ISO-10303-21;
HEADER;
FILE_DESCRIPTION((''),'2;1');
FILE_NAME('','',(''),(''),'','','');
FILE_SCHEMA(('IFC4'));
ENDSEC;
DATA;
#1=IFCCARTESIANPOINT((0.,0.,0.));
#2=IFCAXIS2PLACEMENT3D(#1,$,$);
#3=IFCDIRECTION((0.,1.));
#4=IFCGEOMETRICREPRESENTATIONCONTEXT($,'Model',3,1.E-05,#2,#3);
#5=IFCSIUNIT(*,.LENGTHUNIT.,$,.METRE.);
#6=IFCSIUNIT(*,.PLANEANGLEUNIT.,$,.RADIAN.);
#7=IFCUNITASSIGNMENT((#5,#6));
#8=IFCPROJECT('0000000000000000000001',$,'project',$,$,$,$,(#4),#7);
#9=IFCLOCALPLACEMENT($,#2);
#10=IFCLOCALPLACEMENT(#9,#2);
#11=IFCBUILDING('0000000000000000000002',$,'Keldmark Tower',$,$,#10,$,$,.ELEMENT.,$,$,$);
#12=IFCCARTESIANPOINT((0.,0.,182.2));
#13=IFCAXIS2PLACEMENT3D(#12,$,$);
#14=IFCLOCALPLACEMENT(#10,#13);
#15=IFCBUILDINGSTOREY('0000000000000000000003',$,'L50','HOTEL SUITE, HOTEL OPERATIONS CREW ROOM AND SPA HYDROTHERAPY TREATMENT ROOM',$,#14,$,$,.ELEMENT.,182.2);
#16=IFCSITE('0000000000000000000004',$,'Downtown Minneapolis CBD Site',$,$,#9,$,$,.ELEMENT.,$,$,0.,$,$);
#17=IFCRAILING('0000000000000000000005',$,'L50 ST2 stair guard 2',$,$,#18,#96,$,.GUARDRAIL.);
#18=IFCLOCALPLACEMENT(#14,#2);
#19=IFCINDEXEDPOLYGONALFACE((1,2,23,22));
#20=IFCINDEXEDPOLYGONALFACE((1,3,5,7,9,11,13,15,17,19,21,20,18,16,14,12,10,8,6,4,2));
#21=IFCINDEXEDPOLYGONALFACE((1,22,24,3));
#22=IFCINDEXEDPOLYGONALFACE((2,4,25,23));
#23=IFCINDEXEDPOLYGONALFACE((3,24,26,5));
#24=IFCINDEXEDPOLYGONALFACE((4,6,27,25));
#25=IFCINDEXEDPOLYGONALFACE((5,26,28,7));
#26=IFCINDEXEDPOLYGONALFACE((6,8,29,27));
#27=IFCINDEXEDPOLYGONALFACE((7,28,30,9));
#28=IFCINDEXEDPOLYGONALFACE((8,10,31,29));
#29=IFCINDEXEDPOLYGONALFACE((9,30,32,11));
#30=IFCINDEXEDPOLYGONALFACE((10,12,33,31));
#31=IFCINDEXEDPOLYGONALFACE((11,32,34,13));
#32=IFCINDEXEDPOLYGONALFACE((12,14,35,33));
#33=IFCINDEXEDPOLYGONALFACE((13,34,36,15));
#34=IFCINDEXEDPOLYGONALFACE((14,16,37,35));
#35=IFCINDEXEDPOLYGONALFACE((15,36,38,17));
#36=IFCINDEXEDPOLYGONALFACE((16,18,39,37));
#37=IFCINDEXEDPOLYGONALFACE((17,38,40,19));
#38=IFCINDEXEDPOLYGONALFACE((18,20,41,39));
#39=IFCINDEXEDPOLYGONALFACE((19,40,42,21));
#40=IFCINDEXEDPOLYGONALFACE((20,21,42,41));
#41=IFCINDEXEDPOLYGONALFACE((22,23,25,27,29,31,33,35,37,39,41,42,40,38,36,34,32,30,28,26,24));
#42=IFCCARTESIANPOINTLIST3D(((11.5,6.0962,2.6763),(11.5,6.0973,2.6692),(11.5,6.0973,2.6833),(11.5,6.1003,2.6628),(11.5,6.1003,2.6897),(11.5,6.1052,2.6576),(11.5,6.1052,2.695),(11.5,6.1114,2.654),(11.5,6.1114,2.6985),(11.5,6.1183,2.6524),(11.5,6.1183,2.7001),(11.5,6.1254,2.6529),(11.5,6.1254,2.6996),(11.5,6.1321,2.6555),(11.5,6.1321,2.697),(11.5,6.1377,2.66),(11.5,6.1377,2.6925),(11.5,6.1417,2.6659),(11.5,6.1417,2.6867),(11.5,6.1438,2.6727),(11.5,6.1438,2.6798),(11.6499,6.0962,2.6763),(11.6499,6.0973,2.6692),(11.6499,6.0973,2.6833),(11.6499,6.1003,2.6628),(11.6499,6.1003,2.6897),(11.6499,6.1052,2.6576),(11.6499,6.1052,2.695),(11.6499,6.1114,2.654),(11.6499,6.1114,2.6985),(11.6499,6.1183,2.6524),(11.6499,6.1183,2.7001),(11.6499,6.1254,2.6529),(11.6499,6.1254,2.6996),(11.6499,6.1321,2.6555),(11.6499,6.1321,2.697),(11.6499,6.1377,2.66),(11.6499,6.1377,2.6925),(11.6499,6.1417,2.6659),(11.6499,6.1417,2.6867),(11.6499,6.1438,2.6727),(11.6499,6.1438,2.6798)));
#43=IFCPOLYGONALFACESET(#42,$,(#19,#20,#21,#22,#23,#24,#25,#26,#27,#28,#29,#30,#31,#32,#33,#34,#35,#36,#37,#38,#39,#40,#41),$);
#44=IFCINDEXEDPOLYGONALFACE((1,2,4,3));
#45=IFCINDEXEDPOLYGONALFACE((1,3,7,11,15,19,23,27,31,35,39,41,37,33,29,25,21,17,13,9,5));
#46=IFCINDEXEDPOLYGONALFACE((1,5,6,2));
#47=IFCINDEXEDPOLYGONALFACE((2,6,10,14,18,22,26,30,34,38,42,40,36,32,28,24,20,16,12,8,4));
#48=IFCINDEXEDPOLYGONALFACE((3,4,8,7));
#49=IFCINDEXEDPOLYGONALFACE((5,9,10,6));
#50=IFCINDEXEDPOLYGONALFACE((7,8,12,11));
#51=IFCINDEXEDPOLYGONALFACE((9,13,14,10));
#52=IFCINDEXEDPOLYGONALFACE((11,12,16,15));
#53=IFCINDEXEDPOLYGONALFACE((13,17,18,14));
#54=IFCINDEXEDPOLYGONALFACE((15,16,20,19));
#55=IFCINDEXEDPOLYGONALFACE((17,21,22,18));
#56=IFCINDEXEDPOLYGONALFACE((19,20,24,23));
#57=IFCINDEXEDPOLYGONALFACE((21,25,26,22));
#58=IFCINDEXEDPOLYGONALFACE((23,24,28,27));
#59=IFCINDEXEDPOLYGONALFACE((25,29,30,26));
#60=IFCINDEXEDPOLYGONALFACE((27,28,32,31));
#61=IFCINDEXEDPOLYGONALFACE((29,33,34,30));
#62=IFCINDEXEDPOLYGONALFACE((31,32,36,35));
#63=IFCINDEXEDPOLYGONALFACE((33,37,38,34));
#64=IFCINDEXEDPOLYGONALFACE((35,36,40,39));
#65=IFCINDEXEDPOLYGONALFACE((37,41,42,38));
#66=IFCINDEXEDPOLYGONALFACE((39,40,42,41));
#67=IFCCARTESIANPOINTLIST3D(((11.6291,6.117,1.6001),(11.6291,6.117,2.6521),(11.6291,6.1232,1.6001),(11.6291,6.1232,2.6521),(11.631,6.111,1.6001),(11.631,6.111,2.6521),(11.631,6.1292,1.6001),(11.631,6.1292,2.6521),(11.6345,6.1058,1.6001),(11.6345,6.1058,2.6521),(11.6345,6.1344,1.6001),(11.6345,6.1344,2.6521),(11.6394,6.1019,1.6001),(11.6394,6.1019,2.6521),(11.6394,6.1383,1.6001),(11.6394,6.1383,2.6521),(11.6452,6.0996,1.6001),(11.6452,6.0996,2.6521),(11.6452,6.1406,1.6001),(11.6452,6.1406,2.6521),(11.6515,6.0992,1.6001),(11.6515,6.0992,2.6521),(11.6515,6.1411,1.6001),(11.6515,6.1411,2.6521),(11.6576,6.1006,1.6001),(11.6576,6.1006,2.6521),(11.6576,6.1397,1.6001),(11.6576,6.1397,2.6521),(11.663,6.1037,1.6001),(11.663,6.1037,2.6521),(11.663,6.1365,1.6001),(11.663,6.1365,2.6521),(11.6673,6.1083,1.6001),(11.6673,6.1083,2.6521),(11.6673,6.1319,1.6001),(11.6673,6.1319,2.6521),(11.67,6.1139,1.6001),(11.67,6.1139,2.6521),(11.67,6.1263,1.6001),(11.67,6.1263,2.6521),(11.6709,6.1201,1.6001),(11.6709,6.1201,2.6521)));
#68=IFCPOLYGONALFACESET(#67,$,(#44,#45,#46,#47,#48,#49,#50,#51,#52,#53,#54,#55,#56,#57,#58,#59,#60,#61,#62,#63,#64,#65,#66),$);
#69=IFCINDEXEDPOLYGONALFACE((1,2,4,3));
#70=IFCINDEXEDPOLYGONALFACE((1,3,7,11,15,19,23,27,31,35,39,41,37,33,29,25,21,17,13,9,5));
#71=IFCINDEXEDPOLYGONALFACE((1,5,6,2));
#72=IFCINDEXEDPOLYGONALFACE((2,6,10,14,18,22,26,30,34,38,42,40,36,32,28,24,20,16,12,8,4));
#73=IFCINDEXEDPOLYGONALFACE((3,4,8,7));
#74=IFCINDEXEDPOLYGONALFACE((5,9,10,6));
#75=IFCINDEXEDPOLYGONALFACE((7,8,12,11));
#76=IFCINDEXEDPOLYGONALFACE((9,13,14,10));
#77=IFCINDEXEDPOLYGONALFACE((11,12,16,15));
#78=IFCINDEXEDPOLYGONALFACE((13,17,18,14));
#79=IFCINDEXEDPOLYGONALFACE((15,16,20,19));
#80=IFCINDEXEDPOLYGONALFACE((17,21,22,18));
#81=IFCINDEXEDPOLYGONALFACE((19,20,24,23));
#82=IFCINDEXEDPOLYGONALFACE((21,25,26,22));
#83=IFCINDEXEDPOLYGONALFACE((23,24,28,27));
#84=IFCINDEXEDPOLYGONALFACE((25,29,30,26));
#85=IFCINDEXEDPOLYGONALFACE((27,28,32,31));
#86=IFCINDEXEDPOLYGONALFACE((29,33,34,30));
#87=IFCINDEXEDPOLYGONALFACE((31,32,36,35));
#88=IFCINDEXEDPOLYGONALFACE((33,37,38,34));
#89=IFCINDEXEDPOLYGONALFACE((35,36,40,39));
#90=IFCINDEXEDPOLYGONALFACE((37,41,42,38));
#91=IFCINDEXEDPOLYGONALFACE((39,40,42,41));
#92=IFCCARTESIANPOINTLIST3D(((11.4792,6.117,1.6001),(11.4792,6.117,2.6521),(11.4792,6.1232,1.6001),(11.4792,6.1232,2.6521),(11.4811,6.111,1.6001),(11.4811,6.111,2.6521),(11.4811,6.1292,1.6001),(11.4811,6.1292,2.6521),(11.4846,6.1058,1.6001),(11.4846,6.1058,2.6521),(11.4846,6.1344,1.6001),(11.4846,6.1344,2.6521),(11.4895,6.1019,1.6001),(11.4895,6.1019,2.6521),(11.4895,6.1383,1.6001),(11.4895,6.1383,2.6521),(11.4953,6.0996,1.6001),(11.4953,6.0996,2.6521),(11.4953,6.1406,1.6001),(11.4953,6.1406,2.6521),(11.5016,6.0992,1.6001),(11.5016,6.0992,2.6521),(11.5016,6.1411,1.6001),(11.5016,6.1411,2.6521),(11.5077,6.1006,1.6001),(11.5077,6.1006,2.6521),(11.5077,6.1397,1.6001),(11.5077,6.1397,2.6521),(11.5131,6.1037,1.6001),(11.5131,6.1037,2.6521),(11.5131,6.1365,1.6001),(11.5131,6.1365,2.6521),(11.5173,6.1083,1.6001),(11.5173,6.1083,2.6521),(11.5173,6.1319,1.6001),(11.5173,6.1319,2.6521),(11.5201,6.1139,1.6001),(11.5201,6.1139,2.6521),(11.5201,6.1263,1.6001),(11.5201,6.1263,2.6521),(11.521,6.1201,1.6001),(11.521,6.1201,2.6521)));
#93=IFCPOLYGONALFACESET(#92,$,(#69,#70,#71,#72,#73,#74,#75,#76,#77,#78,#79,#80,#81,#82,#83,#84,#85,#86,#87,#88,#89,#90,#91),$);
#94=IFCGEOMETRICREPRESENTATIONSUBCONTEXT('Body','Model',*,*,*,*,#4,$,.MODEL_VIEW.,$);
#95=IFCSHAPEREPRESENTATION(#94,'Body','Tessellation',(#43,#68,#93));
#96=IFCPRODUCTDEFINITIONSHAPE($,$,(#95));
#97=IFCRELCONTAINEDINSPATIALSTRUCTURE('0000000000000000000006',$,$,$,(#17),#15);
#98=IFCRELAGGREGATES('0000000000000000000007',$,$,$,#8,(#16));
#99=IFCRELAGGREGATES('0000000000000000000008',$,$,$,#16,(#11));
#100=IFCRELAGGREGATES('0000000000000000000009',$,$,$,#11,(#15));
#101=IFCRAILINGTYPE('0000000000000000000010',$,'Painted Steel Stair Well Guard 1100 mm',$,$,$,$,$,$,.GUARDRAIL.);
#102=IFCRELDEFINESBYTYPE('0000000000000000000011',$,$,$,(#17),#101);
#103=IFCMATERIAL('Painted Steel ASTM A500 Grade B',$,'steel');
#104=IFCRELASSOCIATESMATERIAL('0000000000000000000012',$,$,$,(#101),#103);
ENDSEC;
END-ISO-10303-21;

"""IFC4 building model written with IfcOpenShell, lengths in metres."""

from ifc_helpers import new_model, si_unit, direction, frame, origin, origin_2d, place, context, subcontext, project, spatial, circle, extrude, material, type_object, element, save


model = new_model("IFC4")

# Units and contexts
model_context = context("Model", 3, precision=1e-05, world=origin(), true_north=direction((0.0, 1.0)))
body_context = subcontext(model_context, "Body", "Model", "MODEL_VIEW")
ifc_project = project(units=[si_unit("LENGTHUNIT", "METRE"), si_unit("PLANEANGLEUNIT", "RADIAN")], contexts=[model_context])

# Site, building, storey
site_placement = place(None, origin())
site = spatial("IfcSite", under=ifc_project, at=site_placement, Name="Downtown Minneapolis CBD Site", CompositionType="ELEMENT", RefElevation=0.0)
building_placement = place(site_placement, origin())
building = spatial("IfcBuilding", under=site, at=building_placement, Name="Keldmark Tower", CompositionType="ELEMENT")
storey_placement = place(building_placement, frame((0.0, 0.0, 182.2)))
storey = spatial("IfcBuildingStorey", under=building, at=storey_placement, Name="L50", Description="HOTEL SUITE, HOTEL OPERATIONS CREW ROOM AND SPA HYDROTHERAPY TREATMENT ROOM", CompositionType="ELEMENT", Elevation=182.2)

# Railing
ifc_material_1 = material(Name="Painted Steel ASTM A500 Grade B", Category="steel")
railing_type_1 = type_object("IfcRailingType", Name="Painted Steel Stair Well Guard 1100 mm", PredefinedType="GUARDRAIL", material=ifc_material_1)
railing_1_placement = place(storey_placement, frame((11.6499, 6.1201, 1.6001)))
element("IfcRailing", 1, at=railing_1_placement, inside=storey, type_object=railing_type_1, Name="L50 ST2 stair guard 2", PredefinedType="GUARDRAIL", context=body_context, shape_type="SweptSolid", body=[
    extrude(circle(Radius=0.0239, at=origin_2d()), frame((0.0, 0.0, 1.0762), z_axis=(-1.0, 0.0, 0.0), x_axis=(0.0, -1.0, 0.0)), (0.0, 0.0, 1.0), 0.1499),
    extrude(circle(Radius=0.021, at=origin_2d()), origin(), (0.0, 0.0, 1.0), 1.052),
    extrude(circle(Radius=0.021, at=origin_2d()), frame((-0.1499, 0.0, 0.0)), (0.0, 0.0, 1.0), 1.052),
])

save(model, "model.ifc")
